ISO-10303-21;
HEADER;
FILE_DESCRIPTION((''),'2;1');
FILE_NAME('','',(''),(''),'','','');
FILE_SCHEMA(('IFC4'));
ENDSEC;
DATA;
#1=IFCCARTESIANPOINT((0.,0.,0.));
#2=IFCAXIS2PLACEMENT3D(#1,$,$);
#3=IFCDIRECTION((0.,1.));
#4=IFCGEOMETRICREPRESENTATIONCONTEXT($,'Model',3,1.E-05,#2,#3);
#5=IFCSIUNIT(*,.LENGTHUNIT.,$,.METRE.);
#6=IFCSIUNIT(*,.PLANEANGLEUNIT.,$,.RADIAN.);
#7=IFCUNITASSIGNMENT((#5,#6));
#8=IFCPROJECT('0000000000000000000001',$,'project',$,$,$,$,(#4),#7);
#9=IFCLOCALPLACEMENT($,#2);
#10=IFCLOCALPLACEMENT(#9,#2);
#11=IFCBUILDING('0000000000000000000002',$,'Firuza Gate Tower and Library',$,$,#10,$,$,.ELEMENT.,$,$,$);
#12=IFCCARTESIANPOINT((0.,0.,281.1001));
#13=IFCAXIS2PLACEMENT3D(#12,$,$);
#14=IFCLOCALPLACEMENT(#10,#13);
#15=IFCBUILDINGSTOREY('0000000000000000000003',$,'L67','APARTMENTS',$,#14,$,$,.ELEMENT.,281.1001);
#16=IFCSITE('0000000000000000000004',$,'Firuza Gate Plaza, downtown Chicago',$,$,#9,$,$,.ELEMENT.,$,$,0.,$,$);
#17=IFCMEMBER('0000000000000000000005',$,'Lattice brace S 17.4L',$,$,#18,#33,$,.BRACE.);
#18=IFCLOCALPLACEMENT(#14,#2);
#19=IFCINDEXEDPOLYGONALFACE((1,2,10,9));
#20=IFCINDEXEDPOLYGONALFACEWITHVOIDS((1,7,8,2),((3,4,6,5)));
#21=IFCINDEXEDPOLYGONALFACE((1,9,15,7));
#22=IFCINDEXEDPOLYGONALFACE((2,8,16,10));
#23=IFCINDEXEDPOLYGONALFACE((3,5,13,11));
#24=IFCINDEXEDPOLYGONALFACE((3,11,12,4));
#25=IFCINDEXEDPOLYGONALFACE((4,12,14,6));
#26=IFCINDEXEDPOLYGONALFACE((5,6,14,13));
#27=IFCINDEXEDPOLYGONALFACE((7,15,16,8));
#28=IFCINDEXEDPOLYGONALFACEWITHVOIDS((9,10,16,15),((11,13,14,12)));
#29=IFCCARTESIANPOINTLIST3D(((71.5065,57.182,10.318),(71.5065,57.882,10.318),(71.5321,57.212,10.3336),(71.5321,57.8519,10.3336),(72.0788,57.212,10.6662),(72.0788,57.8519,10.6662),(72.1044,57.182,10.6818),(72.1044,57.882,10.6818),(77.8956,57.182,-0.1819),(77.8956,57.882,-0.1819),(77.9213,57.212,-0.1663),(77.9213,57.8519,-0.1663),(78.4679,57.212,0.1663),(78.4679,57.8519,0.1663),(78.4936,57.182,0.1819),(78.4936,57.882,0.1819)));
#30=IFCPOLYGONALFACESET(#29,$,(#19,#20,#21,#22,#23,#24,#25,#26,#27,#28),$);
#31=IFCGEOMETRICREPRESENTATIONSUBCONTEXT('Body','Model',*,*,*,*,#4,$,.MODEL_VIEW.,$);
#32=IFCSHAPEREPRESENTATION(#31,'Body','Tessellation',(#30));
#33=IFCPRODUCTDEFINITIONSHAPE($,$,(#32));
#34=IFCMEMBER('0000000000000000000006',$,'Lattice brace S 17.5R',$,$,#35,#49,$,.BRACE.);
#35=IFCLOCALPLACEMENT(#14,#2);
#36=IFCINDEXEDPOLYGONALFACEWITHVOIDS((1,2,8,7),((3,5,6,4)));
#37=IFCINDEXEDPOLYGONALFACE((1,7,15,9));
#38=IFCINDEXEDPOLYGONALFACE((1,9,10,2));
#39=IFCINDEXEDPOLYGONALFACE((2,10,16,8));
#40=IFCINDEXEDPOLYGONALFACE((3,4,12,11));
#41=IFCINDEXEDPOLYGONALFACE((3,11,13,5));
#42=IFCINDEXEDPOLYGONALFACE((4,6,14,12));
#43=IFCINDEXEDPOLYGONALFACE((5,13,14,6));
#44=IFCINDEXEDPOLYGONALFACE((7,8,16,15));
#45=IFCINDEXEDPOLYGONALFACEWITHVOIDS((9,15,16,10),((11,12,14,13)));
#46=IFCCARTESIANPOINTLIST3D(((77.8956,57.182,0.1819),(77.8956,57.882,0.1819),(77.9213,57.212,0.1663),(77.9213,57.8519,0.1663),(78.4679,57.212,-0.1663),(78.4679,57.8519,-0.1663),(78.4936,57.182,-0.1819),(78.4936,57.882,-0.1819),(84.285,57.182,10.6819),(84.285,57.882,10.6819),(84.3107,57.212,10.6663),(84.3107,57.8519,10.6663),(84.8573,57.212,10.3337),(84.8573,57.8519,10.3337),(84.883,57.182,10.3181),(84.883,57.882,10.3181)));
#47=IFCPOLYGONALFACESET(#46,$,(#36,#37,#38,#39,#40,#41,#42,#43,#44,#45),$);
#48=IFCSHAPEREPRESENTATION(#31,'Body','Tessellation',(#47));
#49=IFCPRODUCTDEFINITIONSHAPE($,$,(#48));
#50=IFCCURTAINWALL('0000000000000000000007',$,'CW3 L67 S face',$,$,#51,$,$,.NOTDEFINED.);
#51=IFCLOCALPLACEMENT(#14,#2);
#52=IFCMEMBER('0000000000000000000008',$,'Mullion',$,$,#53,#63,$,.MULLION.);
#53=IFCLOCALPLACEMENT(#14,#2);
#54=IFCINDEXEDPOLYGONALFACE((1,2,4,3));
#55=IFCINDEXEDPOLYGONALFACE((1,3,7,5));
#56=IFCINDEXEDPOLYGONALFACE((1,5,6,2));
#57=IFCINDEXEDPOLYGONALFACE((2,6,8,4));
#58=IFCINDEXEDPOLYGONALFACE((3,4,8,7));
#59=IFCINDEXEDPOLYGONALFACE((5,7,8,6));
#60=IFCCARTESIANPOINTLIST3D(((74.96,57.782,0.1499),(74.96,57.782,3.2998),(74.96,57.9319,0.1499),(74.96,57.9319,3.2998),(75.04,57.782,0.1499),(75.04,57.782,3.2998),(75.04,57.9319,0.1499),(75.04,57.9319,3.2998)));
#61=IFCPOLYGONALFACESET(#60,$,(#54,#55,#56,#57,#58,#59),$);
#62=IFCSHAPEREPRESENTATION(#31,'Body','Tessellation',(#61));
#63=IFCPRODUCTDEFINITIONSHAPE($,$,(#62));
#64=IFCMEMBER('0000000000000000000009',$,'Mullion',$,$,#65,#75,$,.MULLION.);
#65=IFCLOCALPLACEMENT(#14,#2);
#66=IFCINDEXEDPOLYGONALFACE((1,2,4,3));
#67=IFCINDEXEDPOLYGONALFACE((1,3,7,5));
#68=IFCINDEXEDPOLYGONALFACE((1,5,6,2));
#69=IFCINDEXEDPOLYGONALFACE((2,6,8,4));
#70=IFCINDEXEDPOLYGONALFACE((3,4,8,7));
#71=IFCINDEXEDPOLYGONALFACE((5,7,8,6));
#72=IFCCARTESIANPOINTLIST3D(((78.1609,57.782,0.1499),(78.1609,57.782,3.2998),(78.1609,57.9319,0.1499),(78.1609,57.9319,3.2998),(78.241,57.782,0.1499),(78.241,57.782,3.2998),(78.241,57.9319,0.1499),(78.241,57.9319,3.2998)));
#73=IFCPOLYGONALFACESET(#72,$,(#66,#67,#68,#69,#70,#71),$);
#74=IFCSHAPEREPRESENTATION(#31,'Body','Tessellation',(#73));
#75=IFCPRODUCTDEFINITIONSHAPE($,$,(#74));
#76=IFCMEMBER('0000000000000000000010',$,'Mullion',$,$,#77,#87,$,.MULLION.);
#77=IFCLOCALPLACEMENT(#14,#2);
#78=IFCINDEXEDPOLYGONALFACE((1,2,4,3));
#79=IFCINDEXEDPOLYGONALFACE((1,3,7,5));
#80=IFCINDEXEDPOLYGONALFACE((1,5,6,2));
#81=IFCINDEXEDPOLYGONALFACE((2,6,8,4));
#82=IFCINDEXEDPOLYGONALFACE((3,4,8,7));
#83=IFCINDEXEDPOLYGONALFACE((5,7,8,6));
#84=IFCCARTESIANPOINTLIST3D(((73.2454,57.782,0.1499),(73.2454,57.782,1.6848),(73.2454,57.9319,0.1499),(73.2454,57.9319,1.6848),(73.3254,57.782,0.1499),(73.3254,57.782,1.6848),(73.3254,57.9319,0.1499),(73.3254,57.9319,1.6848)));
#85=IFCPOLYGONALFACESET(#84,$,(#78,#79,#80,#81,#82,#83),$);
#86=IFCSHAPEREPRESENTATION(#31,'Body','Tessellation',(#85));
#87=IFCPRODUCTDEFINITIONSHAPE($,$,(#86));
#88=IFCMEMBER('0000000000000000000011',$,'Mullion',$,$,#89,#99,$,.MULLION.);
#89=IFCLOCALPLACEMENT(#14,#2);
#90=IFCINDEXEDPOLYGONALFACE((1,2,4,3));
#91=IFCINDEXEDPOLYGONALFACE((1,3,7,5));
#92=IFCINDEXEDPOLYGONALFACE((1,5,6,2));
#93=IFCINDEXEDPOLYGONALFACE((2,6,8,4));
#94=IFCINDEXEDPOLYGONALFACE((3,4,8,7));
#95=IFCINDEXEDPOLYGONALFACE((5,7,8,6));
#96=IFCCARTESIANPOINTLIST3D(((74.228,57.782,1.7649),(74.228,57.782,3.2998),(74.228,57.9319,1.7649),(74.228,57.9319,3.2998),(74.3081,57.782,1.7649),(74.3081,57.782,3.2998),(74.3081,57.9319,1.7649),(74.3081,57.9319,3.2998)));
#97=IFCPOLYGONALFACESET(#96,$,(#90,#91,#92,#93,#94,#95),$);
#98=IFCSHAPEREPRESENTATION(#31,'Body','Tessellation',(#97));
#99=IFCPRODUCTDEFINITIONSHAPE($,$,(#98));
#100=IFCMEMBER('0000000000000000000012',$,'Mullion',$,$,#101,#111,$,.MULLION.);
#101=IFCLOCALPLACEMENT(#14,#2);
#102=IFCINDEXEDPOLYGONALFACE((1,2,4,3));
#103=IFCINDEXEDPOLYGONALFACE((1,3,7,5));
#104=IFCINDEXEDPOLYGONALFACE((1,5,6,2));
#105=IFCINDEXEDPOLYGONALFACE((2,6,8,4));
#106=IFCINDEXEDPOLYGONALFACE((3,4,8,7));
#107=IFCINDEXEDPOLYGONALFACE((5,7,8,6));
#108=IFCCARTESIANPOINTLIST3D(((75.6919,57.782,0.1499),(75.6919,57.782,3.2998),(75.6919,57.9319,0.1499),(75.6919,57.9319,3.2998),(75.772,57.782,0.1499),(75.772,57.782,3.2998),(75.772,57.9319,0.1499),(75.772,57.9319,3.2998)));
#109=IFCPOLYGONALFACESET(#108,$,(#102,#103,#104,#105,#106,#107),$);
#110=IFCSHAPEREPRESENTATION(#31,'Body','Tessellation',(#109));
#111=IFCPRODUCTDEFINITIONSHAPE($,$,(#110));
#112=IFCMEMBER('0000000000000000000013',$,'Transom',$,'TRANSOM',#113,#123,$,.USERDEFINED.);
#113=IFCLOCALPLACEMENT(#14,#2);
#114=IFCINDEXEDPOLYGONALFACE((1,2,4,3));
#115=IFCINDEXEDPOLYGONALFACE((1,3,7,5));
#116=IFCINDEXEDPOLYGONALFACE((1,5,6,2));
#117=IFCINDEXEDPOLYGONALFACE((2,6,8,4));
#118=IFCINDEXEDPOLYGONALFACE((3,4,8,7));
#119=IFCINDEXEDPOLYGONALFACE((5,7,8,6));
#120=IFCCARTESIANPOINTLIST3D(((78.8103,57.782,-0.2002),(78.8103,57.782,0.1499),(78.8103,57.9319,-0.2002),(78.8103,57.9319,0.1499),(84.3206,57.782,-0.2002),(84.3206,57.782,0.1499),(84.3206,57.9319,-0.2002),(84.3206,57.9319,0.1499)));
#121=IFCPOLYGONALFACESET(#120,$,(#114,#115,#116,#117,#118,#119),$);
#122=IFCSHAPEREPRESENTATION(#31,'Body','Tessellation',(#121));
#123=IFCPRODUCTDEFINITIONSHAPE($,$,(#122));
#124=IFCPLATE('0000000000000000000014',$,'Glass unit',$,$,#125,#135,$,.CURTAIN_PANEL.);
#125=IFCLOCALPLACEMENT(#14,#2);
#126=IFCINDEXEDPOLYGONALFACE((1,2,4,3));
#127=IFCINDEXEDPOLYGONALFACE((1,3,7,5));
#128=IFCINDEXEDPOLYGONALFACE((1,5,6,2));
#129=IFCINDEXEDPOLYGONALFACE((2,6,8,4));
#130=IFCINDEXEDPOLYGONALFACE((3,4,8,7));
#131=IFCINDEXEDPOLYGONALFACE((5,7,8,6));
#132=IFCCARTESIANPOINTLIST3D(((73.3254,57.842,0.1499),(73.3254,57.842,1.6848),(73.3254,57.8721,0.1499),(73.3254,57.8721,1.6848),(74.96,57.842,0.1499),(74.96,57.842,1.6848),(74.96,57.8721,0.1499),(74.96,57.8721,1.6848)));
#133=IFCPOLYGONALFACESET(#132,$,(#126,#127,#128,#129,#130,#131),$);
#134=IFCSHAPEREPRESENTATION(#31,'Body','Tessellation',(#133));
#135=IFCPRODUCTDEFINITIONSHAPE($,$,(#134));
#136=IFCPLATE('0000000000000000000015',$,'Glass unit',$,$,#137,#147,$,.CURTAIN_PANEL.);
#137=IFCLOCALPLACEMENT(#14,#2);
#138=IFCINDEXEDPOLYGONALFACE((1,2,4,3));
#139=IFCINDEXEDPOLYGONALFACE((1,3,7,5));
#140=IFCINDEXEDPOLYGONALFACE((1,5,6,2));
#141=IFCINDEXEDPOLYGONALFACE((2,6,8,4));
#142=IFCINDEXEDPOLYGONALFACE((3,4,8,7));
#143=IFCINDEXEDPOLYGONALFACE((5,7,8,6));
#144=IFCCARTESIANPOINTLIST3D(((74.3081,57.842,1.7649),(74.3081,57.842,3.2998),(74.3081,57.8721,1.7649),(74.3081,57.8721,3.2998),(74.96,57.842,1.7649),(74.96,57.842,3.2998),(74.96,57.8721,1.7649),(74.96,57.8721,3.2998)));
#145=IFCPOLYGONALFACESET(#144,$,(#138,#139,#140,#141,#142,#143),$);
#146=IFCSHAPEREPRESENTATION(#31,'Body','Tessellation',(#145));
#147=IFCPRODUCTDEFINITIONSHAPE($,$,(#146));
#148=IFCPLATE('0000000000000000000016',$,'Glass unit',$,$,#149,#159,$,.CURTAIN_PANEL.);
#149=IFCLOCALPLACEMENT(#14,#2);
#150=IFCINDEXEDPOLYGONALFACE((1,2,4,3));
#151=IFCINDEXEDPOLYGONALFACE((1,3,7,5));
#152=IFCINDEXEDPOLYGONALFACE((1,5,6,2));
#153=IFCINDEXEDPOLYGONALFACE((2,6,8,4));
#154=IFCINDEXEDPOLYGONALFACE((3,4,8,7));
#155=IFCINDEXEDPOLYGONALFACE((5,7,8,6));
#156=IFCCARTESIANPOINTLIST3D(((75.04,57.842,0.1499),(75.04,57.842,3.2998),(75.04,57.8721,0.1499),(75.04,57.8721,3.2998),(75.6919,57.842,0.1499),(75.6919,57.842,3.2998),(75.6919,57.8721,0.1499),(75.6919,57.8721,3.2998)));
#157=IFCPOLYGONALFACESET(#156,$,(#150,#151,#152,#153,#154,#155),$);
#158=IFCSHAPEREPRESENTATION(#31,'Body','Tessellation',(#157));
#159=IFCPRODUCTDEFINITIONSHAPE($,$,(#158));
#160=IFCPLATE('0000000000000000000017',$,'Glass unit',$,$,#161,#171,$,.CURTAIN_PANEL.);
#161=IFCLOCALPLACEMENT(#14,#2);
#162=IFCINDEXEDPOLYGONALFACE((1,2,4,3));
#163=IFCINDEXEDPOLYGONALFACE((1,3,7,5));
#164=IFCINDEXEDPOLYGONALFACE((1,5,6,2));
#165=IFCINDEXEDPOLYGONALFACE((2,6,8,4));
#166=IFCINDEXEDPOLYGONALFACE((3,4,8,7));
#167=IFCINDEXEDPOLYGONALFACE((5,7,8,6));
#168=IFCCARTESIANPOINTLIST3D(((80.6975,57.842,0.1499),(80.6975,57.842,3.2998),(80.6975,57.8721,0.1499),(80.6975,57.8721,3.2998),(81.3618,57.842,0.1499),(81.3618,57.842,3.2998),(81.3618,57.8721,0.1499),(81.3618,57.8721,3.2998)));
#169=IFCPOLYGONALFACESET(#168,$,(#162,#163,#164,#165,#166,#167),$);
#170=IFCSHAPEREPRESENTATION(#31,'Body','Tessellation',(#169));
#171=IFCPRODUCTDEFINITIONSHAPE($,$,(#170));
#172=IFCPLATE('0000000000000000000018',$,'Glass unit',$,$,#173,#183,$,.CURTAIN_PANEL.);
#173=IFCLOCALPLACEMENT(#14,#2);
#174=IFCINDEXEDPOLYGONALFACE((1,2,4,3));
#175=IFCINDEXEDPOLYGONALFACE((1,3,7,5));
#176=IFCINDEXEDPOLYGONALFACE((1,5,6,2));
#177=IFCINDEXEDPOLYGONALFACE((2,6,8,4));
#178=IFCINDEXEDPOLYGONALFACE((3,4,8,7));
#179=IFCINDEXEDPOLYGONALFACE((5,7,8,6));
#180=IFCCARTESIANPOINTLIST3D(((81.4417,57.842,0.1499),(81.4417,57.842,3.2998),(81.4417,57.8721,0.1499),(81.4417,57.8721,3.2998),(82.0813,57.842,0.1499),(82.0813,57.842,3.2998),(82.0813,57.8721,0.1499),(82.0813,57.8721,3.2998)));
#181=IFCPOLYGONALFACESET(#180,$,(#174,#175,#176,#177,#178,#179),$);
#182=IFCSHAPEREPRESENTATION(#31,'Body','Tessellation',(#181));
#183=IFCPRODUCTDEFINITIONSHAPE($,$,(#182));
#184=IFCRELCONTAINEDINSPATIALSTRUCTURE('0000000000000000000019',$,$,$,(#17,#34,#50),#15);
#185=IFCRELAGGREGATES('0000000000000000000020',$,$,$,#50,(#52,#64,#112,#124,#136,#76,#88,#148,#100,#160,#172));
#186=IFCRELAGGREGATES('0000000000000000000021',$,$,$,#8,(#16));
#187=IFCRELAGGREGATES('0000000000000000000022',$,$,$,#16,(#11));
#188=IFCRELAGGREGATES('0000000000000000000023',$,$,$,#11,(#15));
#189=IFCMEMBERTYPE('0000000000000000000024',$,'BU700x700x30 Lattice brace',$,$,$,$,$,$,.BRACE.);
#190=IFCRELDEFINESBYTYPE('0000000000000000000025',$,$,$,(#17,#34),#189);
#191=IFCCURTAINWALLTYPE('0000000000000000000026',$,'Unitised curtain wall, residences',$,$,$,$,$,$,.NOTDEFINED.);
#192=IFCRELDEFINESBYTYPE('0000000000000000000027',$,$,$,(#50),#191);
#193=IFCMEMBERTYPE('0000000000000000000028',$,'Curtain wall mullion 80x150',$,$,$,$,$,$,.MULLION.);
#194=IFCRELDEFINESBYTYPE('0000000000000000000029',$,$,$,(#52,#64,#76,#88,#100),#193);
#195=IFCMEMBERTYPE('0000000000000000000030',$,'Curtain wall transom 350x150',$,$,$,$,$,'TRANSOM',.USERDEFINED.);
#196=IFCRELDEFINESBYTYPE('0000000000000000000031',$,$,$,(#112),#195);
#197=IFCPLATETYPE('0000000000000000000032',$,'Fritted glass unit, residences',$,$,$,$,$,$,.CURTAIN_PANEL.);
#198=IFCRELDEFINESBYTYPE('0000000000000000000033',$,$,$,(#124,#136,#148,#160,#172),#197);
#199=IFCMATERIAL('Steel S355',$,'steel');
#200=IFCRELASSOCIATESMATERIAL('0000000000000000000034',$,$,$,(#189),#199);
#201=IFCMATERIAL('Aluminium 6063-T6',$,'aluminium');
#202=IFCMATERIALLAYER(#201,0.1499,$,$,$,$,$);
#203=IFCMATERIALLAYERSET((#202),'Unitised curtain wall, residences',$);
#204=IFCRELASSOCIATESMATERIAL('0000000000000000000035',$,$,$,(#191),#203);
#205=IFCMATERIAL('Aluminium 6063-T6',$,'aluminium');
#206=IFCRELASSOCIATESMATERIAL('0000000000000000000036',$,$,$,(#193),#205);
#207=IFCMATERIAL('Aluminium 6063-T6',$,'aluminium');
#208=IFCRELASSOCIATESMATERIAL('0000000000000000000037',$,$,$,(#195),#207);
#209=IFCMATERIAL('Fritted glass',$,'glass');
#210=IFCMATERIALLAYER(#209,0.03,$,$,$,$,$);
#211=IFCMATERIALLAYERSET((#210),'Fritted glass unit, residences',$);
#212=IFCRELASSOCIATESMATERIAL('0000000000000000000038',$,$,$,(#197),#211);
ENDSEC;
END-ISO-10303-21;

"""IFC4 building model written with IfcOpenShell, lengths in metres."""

from ifc_helpers import new_model, si_unit, direction, frame, origin, origin_2d, place, context, subcontext, project, spatial, polyline, rectangle, hollow_rectangle, outline, extrude, material, layer, layer_set, material_profile, profile_set, type_object, element, aggregate, save


model = new_model("IFC4")

# Units and contexts
model_context = context("Model", 3, precision=1e-05, world=origin(), true_north=direction((0.0, 1.0)))
body_context = subcontext(model_context, "Body", "Model", "MODEL_VIEW")
ifc_project = project(units=[si_unit("LENGTHUNIT", "METRE"), si_unit("PLANEANGLEUNIT", "RADIAN")], contexts=[model_context])

# Site, building, storey
site_placement = place(None, origin())
site = spatial("IfcSite", under=ifc_project, at=site_placement, Name="Firuza Gate Plaza, downtown Chicago", CompositionType="ELEMENT", RefElevation=0.0)
building_placement = place(site_placement, origin())
building = spatial("IfcBuilding", under=site, at=building_placement, Name="Firuza Gate Tower and Library", CompositionType="ELEMENT")
storey_placement = place(building_placement, frame((0.0, 0.0, 281.1001)))
storey = spatial("IfcBuildingStorey", under=building, at=storey_placement, Name="L67", Description="APARTMENTS", CompositionType="ELEMENT", Elevation=281.1001)

# Members
ifc_material_1 = material(Name="Steel S355", Category="steel")
ifc_material_profile_1 = material_profile(ifc_material_1, hollow_rectangle(XDim=0.7, YDim=0.7, WallThickness=0.03, at=origin_2d()))
ifc_profile_set_1 = profile_set([ifc_material_profile_1], Name="Steel S355")
member_type_1 = type_object("IfcMemberType", Name="BU700x700x30 Lattice brace", PredefinedType="BRACE", material=ifc_profile_set_1)
member_1_placement = place(storey_placement, frame((78.1946, 57.532, 0.0), z_axis=(-0.51982, 0.0, 0.854276), x_axis=(0.0, -1.0, 0.0)))
element("IfcMember", 1, at=member_1_placement, inside=storey, type_object=member_type_1, Name="Lattice brace S 17.4L", PredefinedType="BRACE", context=body_context, shape_type="SweptSolid", body=[
    extrude(hollow_rectangle(XDim=0.7, YDim=0.7, WallThickness=0.03, at=origin_2d()), origin(), (0.0, 0.0, 1.0), 12.291),
])
member_2_placement = place(storey_placement, frame((78.1946, 57.532, 0.0), z_axis=(0.519834, 0.0, 0.854267), x_axis=(0.0, 1.0, 0.0)))
element("IfcMember", 2, at=member_2_placement, inside=storey, type_object=member_type_1, Name="Lattice brace S 17.5R", PredefinedType="BRACE", context=body_context, shape_type="SweptSolid", body=[
    extrude(hollow_rectangle(XDim=0.7, YDim=0.7, WallThickness=0.03, at=origin_2d()), origin(), (0.0, 0.0, 1.0), 12.2913),
])

# Curtain wall, members, plates
ifc_material_2 = material(Name="Aluminium 6063-T6", Category="aluminium")
ifc_layer_1 = layer(ifc_material_2, 0.1499)
ifc_layer_set_1 = layer_set([ifc_layer_1], Name="Unitised curtain wall, residences")
curtain_wall_type = type_object("IfcCurtainWallType", Name="Unitised curtain wall, residences", PredefinedType="NOTDEFINED", material=ifc_layer_set_1)
curtain_wall_placement = place(storey_placement, origin())
curtain_wall = element("IfcCurtainWall", 3, at=curtain_wall_placement, inside=storey, type_object=curtain_wall_type, Name="CW3 L67 S face", PredefinedType="NOTDEFINED")
ifc_material_3 = material(Name="Aluminium 6063-T6", Category="aluminium")
ifc_material_profile_2 = material_profile(ifc_material_3, rectangle(XDim=0.1499, YDim=0.0801, at=origin_2d()))
ifc_profile_set_2 = profile_set([ifc_material_profile_2], Name="Aluminium 6063-T6")
member_type_2 = type_object("IfcMemberType", Name="Curtain wall mullion 80x150", PredefinedType="MULLION", material=ifc_profile_set_2)
member_3_placement = place(storey_placement, frame((75.0, 57.8569, 0.1499), z_axis=(0.0, 0.0, 1.0), x_axis=(0.0, 1.0, 0.0)))
member_3 = element("IfcMember", 4, at=member_3_placement, type_object=member_type_2, Name="Mullion", PredefinedType="MULLION", context=body_context, shape_type="SweptSolid", body=[
    extrude(rectangle(XDim=0.1499, YDim=0.0801, at=origin_2d()), origin(), (0.0, 0.0, 1.0), 3.1499),
])
member_4_placement = place(storey_placement, frame((78.2009, 57.8569, 0.1499), z_axis=(0.0, 0.0, 1.0), x_axis=(0.0, 1.0, 0.0)))
member_4 = element("IfcMember", 5, at=member_4_placement, type_object=member_type_2, Name="Mullion", PredefinedType="MULLION", context=body_context, shape_type="SweptSolid", body=[
    extrude(rectangle(XDim=0.1499, YDim=0.0801, at=origin_2d()), origin(), (0.0, 0.0, 1.0), 3.1499),
])
member_5_placement = place(storey_placement, frame((73.2854, 57.8569, 0.1499), z_axis=(0.0, 0.0, 1.0), x_axis=(0.0, 1.0, 0.0)))
member_5 = element("IfcMember", 6, at=member_5_placement, type_object=member_type_2, Name="Mullion", PredefinedType="MULLION", context=body_context, shape_type="SweptSolid", body=[
    extrude(rectangle(XDim=0.1499, YDim=0.0801, at=origin_2d()), origin(), (0.0, 0.0, 1.0), 1.5349),
])
member_6_placement = place(storey_placement, frame((74.2681, 57.8569, 1.7649), z_axis=(0.0, 0.0, 1.0), x_axis=(0.0, 1.0, 0.0)))
member_6 = element("IfcMember", 7, at=member_6_placement, type_object=member_type_2, Name="Mullion", PredefinedType="MULLION", context=body_context, shape_type="SweptSolid", body=[
    extrude(rectangle(XDim=0.1499, YDim=0.0801, at=origin_2d()), origin(), (0.0, 0.0, 1.0), 1.5349),
])
member_7_placement = place(storey_placement, frame((75.7319, 57.8569, 0.1499), z_axis=(0.0, 0.0, 1.0), x_axis=(0.0, 1.0, 0.0)))
member_7 = element("IfcMember", 8, at=member_7_placement, type_object=member_type_2, Name="Mullion", PredefinedType="MULLION", context=body_context, shape_type="SweptSolid", body=[
    extrude(rectangle(XDim=0.1499, YDim=0.0801, at=origin_2d()), origin(), (0.0, 0.0, 1.0), 3.1499),
])
ifc_material_4 = material(Name="Aluminium 6063-T6", Category="aluminium")
ifc_material_profile_3 = material_profile(ifc_material_4, rectangle(XDim=0.1499, YDim=0.3501, at=origin_2d()))
ifc_profile_set_3 = profile_set([ifc_material_profile_3], Name="Aluminium 6063-T6")
member_type_3 = type_object("IfcMemberType", Name="Curtain wall transom 350x150", ElementType="TRANSOM", PredefinedType="USERDEFINED", material=ifc_profile_set_3)
member_8_placement = place(storey_placement, frame((78.8103, 57.8569, -0.0251), z_axis=(1.0, 0.0, 0.0), x_axis=(0.0, 1.0, 0.0)))
member_8 = element("IfcMember", 9, at=member_8_placement, type_object=member_type_3, Name="Transom", ObjectType="TRANSOM", PredefinedType="USERDEFINED", context=body_context, shape_type="SweptSolid", body=[
    extrude(rectangle(XDim=0.1499, YDim=0.3501, at=origin_2d()), origin(), (0.0, 0.0, 1.0), 5.5103),
])
ifc_material_5 = material(Name="Fritted glass", Category="glass")
ifc_layer_2 = layer(ifc_material_5, 0.03)
ifc_layer_set_2 = layer_set([ifc_layer_2], Name="Fritted glass unit, residences")
plate_type_1 = type_object("IfcPlateType", Name="Fritted glass unit, residences", PredefinedType="CURTAIN_PANEL", material=ifc_layer_set_2)
plate_1_placement = place(storey_placement, frame((73.3254, 57.842, 0.1499), z_axis=(0.0, -1.0, 0.0), x_axis=(1.0, 0.0, 0.0)))
plate_1 = element("IfcPlate", 10, at=plate_1_placement, type_object=plate_type_1, Name="Glass unit", PredefinedType="CURTAIN_PANEL", context=body_context, shape_type="SweptSolid", body=[
    extrude(outline(polyline([(0.0, 0.0), (1.6345, 0.0), (1.6345, 1.5349), (0.0, 1.5349), (0.0, 0.0)])), origin(), (0.0, 0.0, -1.0), 0.03),
])
plate_2_placement = place(storey_placement, frame((74.3081, 57.842, 1.7649), z_axis=(0.0, -1.0, 0.0), x_axis=(1.0, 0.0, 0.0)))
plate_2 = element("IfcPlate", 11, at=plate_2_placement, type_object=plate_type_1, Name="Glass unit", PredefinedType="CURTAIN_PANEL", context=body_context, shape_type="SweptSolid", body=[
    extrude(outline(polyline([(0.0, 0.0), (0.6519, 0.0), (0.6519, 1.5349), (0.0, 1.5349), (0.0, 0.0)])), origin(), (0.0, 0.0, -1.0), 0.03),
])
plate_3_placement = place(storey_placement, frame((75.04, 57.842, 0.1499), z_axis=(0.0, -1.0, 0.0), x_axis=(1.0, 0.0, 0.0)))
plate_3 = element("IfcPlate", 12, at=plate_3_placement, type_object=plate_type_1, Name="Glass unit", PredefinedType="CURTAIN_PANEL", context=body_context, shape_type="SweptSolid", body=[
    extrude(outline(polyline([(0.0, 0.0), (0.6519, 0.0), (0.6519, 3.1499), (0.0, 3.1499), (0.0, 0.0)])), origin(), (0.0, 0.0, -1.0), 0.03),
])
plate_4_placement = place(storey_placement, frame((80.6975, 57.842, 0.1499), z_axis=(0.0, -1.0, 0.0), x_axis=(1.0, 0.0, 0.0)))
plate_4 = element("IfcPlate", 13, at=plate_4_placement, type_object=plate_type_1, Name="Glass unit", PredefinedType="CURTAIN_PANEL", context=body_context, shape_type="SweptSolid", body=[
    extrude(outline(polyline([(0.0, 0.0), (0.6643, 0.0), (0.6643, 3.1499), (0.0, 3.1499), (0.0, 0.0)])), origin(), (0.0, 0.0, -1.0), 0.03),
])
plate_5_placement = place(storey_placement, frame((81.4417, 57.842, 0.1499), z_axis=(0.0, -1.0, 0.0), x_axis=(1.0, 0.0, 0.0)))
plate_5 = element("IfcPlate", 14, at=plate_5_placement, type_object=plate_type_1, Name="Glass unit", PredefinedType="CURTAIN_PANEL", context=body_context, shape_type="SweptSolid", body=[
    extrude(outline(polyline([(0.0, 0.0), (0.6396, 0.0), (0.6396, 3.1499), (0.0, 3.1499), (0.0, 0.0)])), origin(), (0.0, 0.0, -1.0), 0.03),
])
aggregate(curtain_wall, [member_3, member_4, member_8, plate_1, plate_2, member_5, member_6, plate_3, member_7, plate_4, plate_5])

save(model, "model.ifc")
